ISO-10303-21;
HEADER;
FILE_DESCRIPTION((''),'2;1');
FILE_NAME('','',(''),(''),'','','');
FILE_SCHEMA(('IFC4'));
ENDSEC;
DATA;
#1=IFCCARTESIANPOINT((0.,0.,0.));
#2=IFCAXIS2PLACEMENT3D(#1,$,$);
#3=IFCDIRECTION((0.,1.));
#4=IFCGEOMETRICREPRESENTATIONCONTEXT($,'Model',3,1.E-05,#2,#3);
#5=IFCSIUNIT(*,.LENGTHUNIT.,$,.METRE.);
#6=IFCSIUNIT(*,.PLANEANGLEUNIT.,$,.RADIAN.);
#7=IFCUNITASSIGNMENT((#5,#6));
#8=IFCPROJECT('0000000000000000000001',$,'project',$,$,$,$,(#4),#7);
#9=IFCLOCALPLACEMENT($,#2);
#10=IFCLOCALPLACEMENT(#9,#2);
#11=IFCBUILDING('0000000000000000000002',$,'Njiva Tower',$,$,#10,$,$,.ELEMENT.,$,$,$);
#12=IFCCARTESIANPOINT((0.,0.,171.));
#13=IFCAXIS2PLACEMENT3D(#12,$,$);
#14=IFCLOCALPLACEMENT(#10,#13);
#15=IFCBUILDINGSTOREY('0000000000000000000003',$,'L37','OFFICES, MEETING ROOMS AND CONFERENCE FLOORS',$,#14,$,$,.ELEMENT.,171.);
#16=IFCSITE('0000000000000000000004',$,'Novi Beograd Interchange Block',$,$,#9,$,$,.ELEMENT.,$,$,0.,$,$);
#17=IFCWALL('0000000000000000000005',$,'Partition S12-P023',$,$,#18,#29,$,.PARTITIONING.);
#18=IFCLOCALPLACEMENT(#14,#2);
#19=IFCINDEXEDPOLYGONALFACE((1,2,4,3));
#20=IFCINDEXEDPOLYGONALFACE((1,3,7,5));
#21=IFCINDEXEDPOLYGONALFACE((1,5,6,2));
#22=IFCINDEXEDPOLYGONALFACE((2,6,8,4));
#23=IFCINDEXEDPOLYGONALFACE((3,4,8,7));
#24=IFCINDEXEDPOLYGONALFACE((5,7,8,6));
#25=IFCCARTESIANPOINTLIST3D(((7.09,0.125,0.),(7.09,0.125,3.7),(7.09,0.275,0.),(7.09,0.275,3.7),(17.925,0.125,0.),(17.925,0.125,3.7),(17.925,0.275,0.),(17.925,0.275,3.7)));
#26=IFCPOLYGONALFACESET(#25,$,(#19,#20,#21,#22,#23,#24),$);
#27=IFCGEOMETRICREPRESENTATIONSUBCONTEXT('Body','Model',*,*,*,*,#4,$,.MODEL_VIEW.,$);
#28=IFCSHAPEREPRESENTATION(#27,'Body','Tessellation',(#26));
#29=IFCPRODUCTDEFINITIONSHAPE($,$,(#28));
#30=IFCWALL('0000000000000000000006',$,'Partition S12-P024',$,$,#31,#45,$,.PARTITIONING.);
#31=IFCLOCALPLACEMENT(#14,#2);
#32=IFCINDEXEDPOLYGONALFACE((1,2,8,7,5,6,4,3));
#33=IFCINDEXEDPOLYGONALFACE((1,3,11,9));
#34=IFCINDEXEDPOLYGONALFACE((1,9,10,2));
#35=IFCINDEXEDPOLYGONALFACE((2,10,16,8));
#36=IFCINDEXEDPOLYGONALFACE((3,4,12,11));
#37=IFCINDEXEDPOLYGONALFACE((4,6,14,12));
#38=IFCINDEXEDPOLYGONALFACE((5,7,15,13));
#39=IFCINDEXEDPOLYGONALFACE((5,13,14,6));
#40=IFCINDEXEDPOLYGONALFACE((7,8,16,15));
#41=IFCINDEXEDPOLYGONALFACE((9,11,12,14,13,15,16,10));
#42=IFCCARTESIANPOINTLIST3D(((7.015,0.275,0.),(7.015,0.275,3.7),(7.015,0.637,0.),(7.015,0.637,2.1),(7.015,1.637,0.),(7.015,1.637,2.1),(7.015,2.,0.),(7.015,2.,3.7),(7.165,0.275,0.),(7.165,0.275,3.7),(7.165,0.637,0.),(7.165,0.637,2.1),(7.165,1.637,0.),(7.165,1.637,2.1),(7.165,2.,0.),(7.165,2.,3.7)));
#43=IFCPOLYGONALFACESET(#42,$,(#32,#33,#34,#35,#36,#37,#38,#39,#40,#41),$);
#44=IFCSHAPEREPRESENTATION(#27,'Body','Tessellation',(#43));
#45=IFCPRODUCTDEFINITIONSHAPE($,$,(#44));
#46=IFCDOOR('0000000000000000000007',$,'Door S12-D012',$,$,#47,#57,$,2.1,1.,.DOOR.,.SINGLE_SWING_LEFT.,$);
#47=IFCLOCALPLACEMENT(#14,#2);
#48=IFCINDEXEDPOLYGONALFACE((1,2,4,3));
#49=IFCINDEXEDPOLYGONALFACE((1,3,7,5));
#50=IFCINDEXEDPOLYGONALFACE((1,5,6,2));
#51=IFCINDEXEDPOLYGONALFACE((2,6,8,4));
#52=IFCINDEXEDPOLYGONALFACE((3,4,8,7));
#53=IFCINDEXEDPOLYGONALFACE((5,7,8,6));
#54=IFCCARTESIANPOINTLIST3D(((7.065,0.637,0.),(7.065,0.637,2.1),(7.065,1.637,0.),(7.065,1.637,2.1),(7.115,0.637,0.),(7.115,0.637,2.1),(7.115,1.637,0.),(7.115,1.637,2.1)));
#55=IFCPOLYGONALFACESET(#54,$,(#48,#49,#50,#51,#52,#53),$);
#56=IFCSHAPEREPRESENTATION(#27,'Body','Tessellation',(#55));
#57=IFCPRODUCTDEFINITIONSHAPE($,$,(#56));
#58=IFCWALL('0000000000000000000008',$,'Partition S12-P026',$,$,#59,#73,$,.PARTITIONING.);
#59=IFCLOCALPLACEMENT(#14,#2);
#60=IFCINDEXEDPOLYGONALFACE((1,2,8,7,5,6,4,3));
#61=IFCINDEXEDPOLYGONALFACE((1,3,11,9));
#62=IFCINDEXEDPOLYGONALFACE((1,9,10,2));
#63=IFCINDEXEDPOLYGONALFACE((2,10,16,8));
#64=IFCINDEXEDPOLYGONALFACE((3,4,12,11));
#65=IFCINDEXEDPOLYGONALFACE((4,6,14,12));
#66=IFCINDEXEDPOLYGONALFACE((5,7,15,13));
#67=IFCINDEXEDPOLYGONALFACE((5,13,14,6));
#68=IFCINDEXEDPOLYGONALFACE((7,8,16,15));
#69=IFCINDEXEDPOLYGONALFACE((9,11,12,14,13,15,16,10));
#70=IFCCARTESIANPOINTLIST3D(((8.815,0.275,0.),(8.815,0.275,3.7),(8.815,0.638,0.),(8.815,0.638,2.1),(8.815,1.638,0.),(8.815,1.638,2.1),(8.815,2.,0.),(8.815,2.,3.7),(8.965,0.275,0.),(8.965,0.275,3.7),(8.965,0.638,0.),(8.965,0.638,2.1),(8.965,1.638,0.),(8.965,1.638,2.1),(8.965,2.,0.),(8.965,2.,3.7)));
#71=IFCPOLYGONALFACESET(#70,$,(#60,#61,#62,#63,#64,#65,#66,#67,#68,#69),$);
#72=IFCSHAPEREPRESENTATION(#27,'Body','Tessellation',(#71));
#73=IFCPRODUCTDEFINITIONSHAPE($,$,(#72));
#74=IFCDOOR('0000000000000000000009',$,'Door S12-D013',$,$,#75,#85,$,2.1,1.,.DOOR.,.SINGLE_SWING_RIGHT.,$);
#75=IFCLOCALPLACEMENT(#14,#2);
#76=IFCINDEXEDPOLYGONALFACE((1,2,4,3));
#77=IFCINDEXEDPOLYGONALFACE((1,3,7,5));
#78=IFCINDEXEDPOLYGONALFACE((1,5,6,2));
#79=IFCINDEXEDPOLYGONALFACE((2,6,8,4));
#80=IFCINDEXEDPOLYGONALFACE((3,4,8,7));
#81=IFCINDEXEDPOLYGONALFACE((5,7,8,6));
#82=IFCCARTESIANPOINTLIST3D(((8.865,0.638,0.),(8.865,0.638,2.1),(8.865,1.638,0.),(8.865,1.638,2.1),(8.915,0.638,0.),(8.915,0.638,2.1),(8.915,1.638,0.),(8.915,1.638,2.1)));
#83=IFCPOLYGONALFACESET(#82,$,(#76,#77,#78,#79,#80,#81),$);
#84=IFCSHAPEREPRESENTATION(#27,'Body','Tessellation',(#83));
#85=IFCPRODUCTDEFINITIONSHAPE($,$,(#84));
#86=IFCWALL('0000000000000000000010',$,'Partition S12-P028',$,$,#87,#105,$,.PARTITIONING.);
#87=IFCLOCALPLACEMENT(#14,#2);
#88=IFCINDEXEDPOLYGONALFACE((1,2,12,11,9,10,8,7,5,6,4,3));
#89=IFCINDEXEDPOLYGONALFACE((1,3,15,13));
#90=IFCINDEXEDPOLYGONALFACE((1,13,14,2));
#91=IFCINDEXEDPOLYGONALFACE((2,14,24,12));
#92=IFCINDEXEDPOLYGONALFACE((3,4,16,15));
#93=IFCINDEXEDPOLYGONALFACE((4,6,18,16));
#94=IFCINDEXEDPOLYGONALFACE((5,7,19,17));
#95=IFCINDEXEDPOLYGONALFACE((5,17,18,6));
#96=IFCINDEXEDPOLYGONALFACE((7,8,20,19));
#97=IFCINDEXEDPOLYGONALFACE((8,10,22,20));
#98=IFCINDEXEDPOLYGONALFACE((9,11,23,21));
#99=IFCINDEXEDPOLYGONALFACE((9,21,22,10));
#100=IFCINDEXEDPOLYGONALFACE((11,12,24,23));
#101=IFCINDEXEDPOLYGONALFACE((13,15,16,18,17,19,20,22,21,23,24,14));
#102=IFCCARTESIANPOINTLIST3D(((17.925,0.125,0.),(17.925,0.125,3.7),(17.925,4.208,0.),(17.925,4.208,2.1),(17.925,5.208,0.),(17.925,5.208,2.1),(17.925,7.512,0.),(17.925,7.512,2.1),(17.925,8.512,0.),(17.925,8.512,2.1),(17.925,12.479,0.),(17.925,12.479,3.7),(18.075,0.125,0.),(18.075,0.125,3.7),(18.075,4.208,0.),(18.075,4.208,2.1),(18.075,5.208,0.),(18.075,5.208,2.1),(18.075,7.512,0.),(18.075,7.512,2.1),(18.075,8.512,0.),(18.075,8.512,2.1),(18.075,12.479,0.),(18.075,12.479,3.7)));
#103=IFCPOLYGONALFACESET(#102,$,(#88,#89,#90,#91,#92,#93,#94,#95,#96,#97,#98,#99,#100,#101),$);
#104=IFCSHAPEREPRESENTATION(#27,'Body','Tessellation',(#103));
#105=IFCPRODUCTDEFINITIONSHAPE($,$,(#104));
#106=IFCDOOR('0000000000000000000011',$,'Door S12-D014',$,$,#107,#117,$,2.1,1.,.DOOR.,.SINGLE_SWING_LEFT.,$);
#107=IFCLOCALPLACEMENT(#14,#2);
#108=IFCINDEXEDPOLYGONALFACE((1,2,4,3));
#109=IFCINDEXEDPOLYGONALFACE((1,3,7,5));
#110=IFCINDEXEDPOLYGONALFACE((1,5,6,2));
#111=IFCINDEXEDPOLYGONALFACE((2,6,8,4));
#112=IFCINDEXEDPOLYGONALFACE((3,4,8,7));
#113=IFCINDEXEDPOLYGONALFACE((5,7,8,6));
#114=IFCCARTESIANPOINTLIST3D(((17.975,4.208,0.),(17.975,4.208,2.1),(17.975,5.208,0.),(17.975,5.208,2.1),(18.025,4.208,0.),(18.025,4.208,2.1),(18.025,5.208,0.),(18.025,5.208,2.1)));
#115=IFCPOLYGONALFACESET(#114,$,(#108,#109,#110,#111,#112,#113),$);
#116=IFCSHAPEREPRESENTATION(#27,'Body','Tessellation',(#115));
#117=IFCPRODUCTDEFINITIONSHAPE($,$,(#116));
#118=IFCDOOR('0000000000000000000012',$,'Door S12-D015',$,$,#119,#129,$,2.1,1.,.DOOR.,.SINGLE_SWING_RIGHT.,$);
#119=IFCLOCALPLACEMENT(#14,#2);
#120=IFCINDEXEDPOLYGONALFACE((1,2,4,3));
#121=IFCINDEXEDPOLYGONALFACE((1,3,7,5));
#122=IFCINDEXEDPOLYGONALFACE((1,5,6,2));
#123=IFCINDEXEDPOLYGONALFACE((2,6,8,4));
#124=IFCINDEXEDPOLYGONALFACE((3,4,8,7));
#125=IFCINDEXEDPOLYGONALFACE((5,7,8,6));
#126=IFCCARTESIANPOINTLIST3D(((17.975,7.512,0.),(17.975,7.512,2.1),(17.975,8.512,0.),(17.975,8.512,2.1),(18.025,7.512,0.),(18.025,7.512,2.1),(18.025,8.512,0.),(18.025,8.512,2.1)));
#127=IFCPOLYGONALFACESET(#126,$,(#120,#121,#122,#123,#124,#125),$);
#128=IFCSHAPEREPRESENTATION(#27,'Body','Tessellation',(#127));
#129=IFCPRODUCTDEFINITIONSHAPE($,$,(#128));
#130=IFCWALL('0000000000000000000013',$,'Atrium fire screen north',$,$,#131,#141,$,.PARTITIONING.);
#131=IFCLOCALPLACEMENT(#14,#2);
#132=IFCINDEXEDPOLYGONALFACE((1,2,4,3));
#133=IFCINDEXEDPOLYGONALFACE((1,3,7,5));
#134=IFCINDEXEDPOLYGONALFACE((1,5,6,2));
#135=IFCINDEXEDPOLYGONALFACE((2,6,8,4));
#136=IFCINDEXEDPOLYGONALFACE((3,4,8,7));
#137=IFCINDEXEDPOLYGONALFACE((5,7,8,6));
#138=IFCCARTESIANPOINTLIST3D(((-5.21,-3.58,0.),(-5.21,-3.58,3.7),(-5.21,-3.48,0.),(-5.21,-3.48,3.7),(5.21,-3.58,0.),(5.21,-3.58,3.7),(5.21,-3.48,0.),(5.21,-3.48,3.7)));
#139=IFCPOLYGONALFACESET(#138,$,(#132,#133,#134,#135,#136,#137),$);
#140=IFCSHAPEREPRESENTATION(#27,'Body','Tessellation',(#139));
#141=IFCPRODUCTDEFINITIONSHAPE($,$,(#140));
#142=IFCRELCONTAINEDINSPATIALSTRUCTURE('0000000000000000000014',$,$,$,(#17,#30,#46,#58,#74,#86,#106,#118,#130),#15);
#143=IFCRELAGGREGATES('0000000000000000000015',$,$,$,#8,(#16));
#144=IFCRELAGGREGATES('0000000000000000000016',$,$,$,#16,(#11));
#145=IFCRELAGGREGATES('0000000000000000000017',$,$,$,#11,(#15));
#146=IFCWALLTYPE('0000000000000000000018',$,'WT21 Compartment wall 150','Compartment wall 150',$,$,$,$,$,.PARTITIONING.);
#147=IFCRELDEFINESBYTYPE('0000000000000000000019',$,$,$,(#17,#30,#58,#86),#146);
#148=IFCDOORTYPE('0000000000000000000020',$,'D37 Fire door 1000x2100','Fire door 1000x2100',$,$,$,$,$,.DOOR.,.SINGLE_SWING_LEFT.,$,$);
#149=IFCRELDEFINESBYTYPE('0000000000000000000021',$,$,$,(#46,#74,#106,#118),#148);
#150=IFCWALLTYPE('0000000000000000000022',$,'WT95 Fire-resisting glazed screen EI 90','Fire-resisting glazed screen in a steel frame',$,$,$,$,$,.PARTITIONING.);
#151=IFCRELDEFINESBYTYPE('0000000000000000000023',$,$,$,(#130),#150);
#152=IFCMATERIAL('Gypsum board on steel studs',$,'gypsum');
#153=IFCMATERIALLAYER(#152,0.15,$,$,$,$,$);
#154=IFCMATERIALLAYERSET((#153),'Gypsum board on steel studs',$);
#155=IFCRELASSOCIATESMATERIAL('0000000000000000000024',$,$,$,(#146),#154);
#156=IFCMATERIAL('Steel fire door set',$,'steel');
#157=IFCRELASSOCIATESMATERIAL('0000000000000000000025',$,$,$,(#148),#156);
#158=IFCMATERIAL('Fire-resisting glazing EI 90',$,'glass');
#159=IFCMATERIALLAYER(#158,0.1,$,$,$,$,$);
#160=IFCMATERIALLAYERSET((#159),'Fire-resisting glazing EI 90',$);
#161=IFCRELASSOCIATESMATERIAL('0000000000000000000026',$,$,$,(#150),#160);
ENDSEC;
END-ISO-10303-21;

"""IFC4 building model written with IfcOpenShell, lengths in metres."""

from ifc_helpers import new_model, si_unit, direction, frame, frame_2d, origin, place, context, subcontext, project, spatial, rectangle, extrude, material, layer, layer_set, type_object, element, fill, save


model = new_model("IFC4")

# Units and contexts
model_context = context("Model", 3, precision=1e-05, world=origin(), true_north=direction((0.0, 1.0)))
body_context = subcontext(model_context, "Body", "Model", "MODEL_VIEW")
ifc_project = project(units=[si_unit("LENGTHUNIT", "METRE"), si_unit("PLANEANGLEUNIT", "RADIAN")], contexts=[model_context])

# Site, building, storey
site_placement = place(None, origin())
site = spatial("IfcSite", under=ifc_project, at=site_placement, Name="Novi Beograd Interchange Block", CompositionType="ELEMENT", RefElevation=0.0)
building_placement = place(site_placement, origin())
building = spatial("IfcBuilding", under=site, at=building_placement, Name="Njiva Tower", CompositionType="ELEMENT")
storey_placement = place(building_placement, frame((0.0, 0.0, 171.0)))
storey = spatial("IfcBuildingStorey", under=building, at=storey_placement, Name="L37", Description="OFFICES, MEETING ROOMS AND CONFERENCE FLOORS", CompositionType="ELEMENT", Elevation=171.0)

# Wall
ifc_material_1 = material(Name="Gypsum board on steel studs", Category="gypsum")
ifc_layer_1 = layer(ifc_material_1, 0.15)
ifc_layer_set_1 = layer_set([ifc_layer_1], Name="Gypsum board on steel studs")
wall_type_1 = type_object("IfcWallType", Name="WT21 Compartment wall 150", Description="Compartment wall 150", PredefinedType="PARTITIONING", material=ifc_layer_set_1)
wall_1_placement = place(storey_placement, frame((7.09, 0.2, 0.0), z_axis=(0.0, 0.0, 1.0), x_axis=(1.0, 0.0, 0.0)))
element("IfcWall", 1, at=wall_1_placement, inside=storey, type_object=wall_type_1, Name="Partition S12-P023", PredefinedType="PARTITIONING", context=body_context, shape_type="SweptSolid", body=[
    extrude(rectangle(XDim=10.835, YDim=0.15, at=frame_2d((5.4175, 0.0))), origin(), (0.0, 0.0, 1.0), 3.7),
])

# Walls, openings, doors
wall_2_placement = place(storey_placement, frame((7.09, 0.275, 0.0), z_axis=(0.0, 0.0, 1.0), x_axis=(0.0, 1.0, 0.0)))
wall_2 = element("IfcWall", 2, at=wall_2_placement, inside=storey, type_object=wall_type_1, Name="Partition S12-P024", PredefinedType="PARTITIONING", context=body_context, shape_type="SweptSolid", body=[
    extrude(rectangle(XDim=1.725, YDim=0.15, at=frame_2d((0.8625, 0.0))), origin(), (0.0, 0.0, 1.0), 3.7),
])
opening_1_placement = place(wall_2_placement, frame((0.362, 0.0, 0.0)))
opening_1 = element("IfcOpeningElement", 3, at=opening_1_placement, cuts=wall_2, PredefinedType="OPENING", context=body_context, shape_type="SweptSolid", body=[
    extrude(rectangle(XDim=1.0, YDim=2.1, at=frame_2d((0.5, 1.05))), frame((0.0, 0.085, 0.0), z_axis=(0.0, -1.0, 0.0), x_axis=(1.0, 0.0, 0.0)), (0.0, 0.0, 1.0), 0.17),
])
ifc_material_2 = material(Name="Steel fire door set", Category="steel")
door_type = type_object("IfcDoorType", Name="D37 Fire door 1000x2100", Description="Fire door 1000x2100", OperationType="SINGLE_SWING_LEFT", PredefinedType="DOOR", material=ifc_material_2)
door_1_placement = place(opening_1_placement, origin())
door_1 = element("IfcDoor", 4, at=door_1_placement, inside=storey, type_object=door_type, Name="Door S12-D012", OperationType="SINGLE_SWING_LEFT", OverallHeight=2.1, OverallWidth=1.0, PredefinedType="DOOR", context=body_context, shape_type="SweptSolid", body=[
    extrude(rectangle(XDim=1.0, YDim=2.1, at=frame_2d((0.5, 1.05))), frame((0.0, 0.025, 0.0), z_axis=(0.0, -1.0, 0.0), x_axis=(1.0, 0.0, 0.0)), (0.0, 0.0, 1.0), 0.05),
])
fill(opening_1, door_1)
wall_3_placement = place(storey_placement, frame((8.89, 0.275, 0.0), z_axis=(0.0, 0.0, 1.0), x_axis=(0.0, 1.0, 0.0)))
wall_3 = element("IfcWall", 5, at=wall_3_placement, inside=storey, type_object=wall_type_1, Name="Partition S12-P026", PredefinedType="PARTITIONING", context=body_context, shape_type="SweptSolid", body=[
    extrude(rectangle(XDim=1.725, YDim=0.15, at=frame_2d((0.8625, 0.0))), origin(), (0.0, 0.0, 1.0), 3.7),
])
opening_2_placement = place(wall_3_placement, frame((0.363, 0.0, 0.0)))
opening_2 = element("IfcOpeningElement", 6, at=opening_2_placement, cuts=wall_3, PredefinedType="OPENING", context=body_context, shape_type="SweptSolid", body=[
    extrude(rectangle(XDim=1.0, YDim=2.1, at=frame_2d((0.5, 1.05))), frame((0.0, 0.085, 0.0), z_axis=(0.0, -1.0, 0.0), x_axis=(1.0, 0.0, 0.0)), (0.0, 0.0, 1.0), 0.17),
])
door_2_placement = place(opening_2_placement, origin())
door_2 = element("IfcDoor", 7, at=door_2_placement, inside=storey, type_object=door_type, Name="Door S12-D013", OperationType="SINGLE_SWING_RIGHT", OverallHeight=2.1, OverallWidth=1.0, PredefinedType="DOOR", context=body_context, shape_type="SweptSolid", body=[
    extrude(rectangle(XDim=1.0, YDim=2.1, at=frame_2d((0.5, 1.05))), frame((0.0, 0.025, 0.0), z_axis=(0.0, -1.0, 0.0), x_axis=(1.0, 0.0, 0.0)), (0.0, 0.0, 1.0), 0.05),
])
fill(opening_2, door_2)

# Wall, openings, doors
wall_4_placement = place(storey_placement, frame((18.0, 0.125, 0.0), z_axis=(0.0, 0.0, 1.0), x_axis=(0.0, 1.0, 0.0)))
wall_4 = element("IfcWall", 8, at=wall_4_placement, inside=storey, type_object=wall_type_1, Name="Partition S12-P028", PredefinedType="PARTITIONING", context=body_context, shape_type="SweptSolid", body=[
    extrude(rectangle(XDim=12.354, YDim=0.15, at=frame_2d((6.177, 0.0))), origin(), (0.0, 0.0, 1.0), 3.7),
])
opening_3_placement = place(wall_4_placement, frame((4.083, 0.0, 0.0)))
opening_3 = element("IfcOpeningElement", 9, at=opening_3_placement, cuts=wall_4, PredefinedType="OPENING", context=body_context, shape_type="SweptSolid", body=[
    extrude(rectangle(XDim=1.0, YDim=2.1, at=frame_2d((0.5, 1.05))), frame((0.0, 0.085, 0.0), z_axis=(0.0, -1.0, 0.0), x_axis=(1.0, 0.0, 0.0)), (0.0, 0.0, 1.0), 0.17),
])
opening_4_placement = place(wall_4_placement, frame((7.387, 0.0, 0.0)))
opening_4 = element("IfcOpeningElement", 10, at=opening_4_placement, cuts=wall_4, PredefinedType="OPENING", context=body_context, shape_type="SweptSolid", body=[
    extrude(rectangle(XDim=1.0, YDim=2.1, at=frame_2d((0.5, 1.05))), frame((0.0, 0.085, 0.0), z_axis=(0.0, -1.0, 0.0), x_axis=(1.0, 0.0, 0.0)), (0.0, 0.0, 1.0), 0.17),
])
door_3_placement = place(opening_3_placement, origin())
door_3 = element("IfcDoor", 11, at=door_3_placement, inside=storey, type_object=door_type, Name="Door S12-D014", OperationType="SINGLE_SWING_LEFT", OverallHeight=2.1, OverallWidth=1.0, PredefinedType="DOOR", context=body_context, shape_type="SweptSolid", body=[
    extrude(rectangle(XDim=1.0, YDim=2.1, at=frame_2d((0.5, 1.05))), frame((0.0, 0.025, 0.0), z_axis=(0.0, -1.0, 0.0), x_axis=(1.0, 0.0, 0.0)), (0.0, 0.0, 1.0), 0.05),
])
fill(opening_3, door_3)
door_4_placement = place(opening_4_placement, origin())
door_4 = element("IfcDoor", 12, at=door_4_placement, inside=storey, type_object=door_type, Name="Door S12-D015", OperationType="SINGLE_SWING_RIGHT", OverallHeight=2.1, OverallWidth=1.0, PredefinedType="DOOR", context=body_context, shape_type="SweptSolid", body=[
    extrude(rectangle(XDim=1.0, YDim=2.1, at=frame_2d((0.5, 1.05))), frame((0.0, 0.025, 0.0), z_axis=(0.0, -1.0, 0.0), x_axis=(1.0, 0.0, 0.0)), (0.0, 0.0, 1.0), 0.05),
])
fill(opening_4, door_4)

# Wall
ifc_material_3 = material(Name="Fire-resisting glazing EI 90", Category="glass")
ifc_layer_2 = layer(ifc_material_3, 0.1)
ifc_layer_set_2 = layer_set([ifc_layer_2], Name="Fire-resisting glazing EI 90")
wall_type_2 = type_object("IfcWallType", Name="WT95 Fire-resisting glazed screen EI 90", Description="Fire-resisting glazed screen in a steel frame", PredefinedType="PARTITIONING", material=ifc_layer_set_2)
wall_5_placement = place(storey_placement, frame((5.21, -3.53, 0.0), z_axis=(0.0, 0.0, 1.0), x_axis=(-1.0, 0.0, 0.0)))
element("IfcWall", 13, at=wall_5_placement, inside=storey, type_object=wall_type_2, Name="Atrium fire screen north", PredefinedType="PARTITIONING", context=body_context, shape_type="SweptSolid", body=[
    extrude(rectangle(XDim=10.42, YDim=0.1, at=frame_2d((5.21, 0.0))), origin(), (0.0, 0.0, 1.0), 3.7),
])

save(model, "model.ifc")
